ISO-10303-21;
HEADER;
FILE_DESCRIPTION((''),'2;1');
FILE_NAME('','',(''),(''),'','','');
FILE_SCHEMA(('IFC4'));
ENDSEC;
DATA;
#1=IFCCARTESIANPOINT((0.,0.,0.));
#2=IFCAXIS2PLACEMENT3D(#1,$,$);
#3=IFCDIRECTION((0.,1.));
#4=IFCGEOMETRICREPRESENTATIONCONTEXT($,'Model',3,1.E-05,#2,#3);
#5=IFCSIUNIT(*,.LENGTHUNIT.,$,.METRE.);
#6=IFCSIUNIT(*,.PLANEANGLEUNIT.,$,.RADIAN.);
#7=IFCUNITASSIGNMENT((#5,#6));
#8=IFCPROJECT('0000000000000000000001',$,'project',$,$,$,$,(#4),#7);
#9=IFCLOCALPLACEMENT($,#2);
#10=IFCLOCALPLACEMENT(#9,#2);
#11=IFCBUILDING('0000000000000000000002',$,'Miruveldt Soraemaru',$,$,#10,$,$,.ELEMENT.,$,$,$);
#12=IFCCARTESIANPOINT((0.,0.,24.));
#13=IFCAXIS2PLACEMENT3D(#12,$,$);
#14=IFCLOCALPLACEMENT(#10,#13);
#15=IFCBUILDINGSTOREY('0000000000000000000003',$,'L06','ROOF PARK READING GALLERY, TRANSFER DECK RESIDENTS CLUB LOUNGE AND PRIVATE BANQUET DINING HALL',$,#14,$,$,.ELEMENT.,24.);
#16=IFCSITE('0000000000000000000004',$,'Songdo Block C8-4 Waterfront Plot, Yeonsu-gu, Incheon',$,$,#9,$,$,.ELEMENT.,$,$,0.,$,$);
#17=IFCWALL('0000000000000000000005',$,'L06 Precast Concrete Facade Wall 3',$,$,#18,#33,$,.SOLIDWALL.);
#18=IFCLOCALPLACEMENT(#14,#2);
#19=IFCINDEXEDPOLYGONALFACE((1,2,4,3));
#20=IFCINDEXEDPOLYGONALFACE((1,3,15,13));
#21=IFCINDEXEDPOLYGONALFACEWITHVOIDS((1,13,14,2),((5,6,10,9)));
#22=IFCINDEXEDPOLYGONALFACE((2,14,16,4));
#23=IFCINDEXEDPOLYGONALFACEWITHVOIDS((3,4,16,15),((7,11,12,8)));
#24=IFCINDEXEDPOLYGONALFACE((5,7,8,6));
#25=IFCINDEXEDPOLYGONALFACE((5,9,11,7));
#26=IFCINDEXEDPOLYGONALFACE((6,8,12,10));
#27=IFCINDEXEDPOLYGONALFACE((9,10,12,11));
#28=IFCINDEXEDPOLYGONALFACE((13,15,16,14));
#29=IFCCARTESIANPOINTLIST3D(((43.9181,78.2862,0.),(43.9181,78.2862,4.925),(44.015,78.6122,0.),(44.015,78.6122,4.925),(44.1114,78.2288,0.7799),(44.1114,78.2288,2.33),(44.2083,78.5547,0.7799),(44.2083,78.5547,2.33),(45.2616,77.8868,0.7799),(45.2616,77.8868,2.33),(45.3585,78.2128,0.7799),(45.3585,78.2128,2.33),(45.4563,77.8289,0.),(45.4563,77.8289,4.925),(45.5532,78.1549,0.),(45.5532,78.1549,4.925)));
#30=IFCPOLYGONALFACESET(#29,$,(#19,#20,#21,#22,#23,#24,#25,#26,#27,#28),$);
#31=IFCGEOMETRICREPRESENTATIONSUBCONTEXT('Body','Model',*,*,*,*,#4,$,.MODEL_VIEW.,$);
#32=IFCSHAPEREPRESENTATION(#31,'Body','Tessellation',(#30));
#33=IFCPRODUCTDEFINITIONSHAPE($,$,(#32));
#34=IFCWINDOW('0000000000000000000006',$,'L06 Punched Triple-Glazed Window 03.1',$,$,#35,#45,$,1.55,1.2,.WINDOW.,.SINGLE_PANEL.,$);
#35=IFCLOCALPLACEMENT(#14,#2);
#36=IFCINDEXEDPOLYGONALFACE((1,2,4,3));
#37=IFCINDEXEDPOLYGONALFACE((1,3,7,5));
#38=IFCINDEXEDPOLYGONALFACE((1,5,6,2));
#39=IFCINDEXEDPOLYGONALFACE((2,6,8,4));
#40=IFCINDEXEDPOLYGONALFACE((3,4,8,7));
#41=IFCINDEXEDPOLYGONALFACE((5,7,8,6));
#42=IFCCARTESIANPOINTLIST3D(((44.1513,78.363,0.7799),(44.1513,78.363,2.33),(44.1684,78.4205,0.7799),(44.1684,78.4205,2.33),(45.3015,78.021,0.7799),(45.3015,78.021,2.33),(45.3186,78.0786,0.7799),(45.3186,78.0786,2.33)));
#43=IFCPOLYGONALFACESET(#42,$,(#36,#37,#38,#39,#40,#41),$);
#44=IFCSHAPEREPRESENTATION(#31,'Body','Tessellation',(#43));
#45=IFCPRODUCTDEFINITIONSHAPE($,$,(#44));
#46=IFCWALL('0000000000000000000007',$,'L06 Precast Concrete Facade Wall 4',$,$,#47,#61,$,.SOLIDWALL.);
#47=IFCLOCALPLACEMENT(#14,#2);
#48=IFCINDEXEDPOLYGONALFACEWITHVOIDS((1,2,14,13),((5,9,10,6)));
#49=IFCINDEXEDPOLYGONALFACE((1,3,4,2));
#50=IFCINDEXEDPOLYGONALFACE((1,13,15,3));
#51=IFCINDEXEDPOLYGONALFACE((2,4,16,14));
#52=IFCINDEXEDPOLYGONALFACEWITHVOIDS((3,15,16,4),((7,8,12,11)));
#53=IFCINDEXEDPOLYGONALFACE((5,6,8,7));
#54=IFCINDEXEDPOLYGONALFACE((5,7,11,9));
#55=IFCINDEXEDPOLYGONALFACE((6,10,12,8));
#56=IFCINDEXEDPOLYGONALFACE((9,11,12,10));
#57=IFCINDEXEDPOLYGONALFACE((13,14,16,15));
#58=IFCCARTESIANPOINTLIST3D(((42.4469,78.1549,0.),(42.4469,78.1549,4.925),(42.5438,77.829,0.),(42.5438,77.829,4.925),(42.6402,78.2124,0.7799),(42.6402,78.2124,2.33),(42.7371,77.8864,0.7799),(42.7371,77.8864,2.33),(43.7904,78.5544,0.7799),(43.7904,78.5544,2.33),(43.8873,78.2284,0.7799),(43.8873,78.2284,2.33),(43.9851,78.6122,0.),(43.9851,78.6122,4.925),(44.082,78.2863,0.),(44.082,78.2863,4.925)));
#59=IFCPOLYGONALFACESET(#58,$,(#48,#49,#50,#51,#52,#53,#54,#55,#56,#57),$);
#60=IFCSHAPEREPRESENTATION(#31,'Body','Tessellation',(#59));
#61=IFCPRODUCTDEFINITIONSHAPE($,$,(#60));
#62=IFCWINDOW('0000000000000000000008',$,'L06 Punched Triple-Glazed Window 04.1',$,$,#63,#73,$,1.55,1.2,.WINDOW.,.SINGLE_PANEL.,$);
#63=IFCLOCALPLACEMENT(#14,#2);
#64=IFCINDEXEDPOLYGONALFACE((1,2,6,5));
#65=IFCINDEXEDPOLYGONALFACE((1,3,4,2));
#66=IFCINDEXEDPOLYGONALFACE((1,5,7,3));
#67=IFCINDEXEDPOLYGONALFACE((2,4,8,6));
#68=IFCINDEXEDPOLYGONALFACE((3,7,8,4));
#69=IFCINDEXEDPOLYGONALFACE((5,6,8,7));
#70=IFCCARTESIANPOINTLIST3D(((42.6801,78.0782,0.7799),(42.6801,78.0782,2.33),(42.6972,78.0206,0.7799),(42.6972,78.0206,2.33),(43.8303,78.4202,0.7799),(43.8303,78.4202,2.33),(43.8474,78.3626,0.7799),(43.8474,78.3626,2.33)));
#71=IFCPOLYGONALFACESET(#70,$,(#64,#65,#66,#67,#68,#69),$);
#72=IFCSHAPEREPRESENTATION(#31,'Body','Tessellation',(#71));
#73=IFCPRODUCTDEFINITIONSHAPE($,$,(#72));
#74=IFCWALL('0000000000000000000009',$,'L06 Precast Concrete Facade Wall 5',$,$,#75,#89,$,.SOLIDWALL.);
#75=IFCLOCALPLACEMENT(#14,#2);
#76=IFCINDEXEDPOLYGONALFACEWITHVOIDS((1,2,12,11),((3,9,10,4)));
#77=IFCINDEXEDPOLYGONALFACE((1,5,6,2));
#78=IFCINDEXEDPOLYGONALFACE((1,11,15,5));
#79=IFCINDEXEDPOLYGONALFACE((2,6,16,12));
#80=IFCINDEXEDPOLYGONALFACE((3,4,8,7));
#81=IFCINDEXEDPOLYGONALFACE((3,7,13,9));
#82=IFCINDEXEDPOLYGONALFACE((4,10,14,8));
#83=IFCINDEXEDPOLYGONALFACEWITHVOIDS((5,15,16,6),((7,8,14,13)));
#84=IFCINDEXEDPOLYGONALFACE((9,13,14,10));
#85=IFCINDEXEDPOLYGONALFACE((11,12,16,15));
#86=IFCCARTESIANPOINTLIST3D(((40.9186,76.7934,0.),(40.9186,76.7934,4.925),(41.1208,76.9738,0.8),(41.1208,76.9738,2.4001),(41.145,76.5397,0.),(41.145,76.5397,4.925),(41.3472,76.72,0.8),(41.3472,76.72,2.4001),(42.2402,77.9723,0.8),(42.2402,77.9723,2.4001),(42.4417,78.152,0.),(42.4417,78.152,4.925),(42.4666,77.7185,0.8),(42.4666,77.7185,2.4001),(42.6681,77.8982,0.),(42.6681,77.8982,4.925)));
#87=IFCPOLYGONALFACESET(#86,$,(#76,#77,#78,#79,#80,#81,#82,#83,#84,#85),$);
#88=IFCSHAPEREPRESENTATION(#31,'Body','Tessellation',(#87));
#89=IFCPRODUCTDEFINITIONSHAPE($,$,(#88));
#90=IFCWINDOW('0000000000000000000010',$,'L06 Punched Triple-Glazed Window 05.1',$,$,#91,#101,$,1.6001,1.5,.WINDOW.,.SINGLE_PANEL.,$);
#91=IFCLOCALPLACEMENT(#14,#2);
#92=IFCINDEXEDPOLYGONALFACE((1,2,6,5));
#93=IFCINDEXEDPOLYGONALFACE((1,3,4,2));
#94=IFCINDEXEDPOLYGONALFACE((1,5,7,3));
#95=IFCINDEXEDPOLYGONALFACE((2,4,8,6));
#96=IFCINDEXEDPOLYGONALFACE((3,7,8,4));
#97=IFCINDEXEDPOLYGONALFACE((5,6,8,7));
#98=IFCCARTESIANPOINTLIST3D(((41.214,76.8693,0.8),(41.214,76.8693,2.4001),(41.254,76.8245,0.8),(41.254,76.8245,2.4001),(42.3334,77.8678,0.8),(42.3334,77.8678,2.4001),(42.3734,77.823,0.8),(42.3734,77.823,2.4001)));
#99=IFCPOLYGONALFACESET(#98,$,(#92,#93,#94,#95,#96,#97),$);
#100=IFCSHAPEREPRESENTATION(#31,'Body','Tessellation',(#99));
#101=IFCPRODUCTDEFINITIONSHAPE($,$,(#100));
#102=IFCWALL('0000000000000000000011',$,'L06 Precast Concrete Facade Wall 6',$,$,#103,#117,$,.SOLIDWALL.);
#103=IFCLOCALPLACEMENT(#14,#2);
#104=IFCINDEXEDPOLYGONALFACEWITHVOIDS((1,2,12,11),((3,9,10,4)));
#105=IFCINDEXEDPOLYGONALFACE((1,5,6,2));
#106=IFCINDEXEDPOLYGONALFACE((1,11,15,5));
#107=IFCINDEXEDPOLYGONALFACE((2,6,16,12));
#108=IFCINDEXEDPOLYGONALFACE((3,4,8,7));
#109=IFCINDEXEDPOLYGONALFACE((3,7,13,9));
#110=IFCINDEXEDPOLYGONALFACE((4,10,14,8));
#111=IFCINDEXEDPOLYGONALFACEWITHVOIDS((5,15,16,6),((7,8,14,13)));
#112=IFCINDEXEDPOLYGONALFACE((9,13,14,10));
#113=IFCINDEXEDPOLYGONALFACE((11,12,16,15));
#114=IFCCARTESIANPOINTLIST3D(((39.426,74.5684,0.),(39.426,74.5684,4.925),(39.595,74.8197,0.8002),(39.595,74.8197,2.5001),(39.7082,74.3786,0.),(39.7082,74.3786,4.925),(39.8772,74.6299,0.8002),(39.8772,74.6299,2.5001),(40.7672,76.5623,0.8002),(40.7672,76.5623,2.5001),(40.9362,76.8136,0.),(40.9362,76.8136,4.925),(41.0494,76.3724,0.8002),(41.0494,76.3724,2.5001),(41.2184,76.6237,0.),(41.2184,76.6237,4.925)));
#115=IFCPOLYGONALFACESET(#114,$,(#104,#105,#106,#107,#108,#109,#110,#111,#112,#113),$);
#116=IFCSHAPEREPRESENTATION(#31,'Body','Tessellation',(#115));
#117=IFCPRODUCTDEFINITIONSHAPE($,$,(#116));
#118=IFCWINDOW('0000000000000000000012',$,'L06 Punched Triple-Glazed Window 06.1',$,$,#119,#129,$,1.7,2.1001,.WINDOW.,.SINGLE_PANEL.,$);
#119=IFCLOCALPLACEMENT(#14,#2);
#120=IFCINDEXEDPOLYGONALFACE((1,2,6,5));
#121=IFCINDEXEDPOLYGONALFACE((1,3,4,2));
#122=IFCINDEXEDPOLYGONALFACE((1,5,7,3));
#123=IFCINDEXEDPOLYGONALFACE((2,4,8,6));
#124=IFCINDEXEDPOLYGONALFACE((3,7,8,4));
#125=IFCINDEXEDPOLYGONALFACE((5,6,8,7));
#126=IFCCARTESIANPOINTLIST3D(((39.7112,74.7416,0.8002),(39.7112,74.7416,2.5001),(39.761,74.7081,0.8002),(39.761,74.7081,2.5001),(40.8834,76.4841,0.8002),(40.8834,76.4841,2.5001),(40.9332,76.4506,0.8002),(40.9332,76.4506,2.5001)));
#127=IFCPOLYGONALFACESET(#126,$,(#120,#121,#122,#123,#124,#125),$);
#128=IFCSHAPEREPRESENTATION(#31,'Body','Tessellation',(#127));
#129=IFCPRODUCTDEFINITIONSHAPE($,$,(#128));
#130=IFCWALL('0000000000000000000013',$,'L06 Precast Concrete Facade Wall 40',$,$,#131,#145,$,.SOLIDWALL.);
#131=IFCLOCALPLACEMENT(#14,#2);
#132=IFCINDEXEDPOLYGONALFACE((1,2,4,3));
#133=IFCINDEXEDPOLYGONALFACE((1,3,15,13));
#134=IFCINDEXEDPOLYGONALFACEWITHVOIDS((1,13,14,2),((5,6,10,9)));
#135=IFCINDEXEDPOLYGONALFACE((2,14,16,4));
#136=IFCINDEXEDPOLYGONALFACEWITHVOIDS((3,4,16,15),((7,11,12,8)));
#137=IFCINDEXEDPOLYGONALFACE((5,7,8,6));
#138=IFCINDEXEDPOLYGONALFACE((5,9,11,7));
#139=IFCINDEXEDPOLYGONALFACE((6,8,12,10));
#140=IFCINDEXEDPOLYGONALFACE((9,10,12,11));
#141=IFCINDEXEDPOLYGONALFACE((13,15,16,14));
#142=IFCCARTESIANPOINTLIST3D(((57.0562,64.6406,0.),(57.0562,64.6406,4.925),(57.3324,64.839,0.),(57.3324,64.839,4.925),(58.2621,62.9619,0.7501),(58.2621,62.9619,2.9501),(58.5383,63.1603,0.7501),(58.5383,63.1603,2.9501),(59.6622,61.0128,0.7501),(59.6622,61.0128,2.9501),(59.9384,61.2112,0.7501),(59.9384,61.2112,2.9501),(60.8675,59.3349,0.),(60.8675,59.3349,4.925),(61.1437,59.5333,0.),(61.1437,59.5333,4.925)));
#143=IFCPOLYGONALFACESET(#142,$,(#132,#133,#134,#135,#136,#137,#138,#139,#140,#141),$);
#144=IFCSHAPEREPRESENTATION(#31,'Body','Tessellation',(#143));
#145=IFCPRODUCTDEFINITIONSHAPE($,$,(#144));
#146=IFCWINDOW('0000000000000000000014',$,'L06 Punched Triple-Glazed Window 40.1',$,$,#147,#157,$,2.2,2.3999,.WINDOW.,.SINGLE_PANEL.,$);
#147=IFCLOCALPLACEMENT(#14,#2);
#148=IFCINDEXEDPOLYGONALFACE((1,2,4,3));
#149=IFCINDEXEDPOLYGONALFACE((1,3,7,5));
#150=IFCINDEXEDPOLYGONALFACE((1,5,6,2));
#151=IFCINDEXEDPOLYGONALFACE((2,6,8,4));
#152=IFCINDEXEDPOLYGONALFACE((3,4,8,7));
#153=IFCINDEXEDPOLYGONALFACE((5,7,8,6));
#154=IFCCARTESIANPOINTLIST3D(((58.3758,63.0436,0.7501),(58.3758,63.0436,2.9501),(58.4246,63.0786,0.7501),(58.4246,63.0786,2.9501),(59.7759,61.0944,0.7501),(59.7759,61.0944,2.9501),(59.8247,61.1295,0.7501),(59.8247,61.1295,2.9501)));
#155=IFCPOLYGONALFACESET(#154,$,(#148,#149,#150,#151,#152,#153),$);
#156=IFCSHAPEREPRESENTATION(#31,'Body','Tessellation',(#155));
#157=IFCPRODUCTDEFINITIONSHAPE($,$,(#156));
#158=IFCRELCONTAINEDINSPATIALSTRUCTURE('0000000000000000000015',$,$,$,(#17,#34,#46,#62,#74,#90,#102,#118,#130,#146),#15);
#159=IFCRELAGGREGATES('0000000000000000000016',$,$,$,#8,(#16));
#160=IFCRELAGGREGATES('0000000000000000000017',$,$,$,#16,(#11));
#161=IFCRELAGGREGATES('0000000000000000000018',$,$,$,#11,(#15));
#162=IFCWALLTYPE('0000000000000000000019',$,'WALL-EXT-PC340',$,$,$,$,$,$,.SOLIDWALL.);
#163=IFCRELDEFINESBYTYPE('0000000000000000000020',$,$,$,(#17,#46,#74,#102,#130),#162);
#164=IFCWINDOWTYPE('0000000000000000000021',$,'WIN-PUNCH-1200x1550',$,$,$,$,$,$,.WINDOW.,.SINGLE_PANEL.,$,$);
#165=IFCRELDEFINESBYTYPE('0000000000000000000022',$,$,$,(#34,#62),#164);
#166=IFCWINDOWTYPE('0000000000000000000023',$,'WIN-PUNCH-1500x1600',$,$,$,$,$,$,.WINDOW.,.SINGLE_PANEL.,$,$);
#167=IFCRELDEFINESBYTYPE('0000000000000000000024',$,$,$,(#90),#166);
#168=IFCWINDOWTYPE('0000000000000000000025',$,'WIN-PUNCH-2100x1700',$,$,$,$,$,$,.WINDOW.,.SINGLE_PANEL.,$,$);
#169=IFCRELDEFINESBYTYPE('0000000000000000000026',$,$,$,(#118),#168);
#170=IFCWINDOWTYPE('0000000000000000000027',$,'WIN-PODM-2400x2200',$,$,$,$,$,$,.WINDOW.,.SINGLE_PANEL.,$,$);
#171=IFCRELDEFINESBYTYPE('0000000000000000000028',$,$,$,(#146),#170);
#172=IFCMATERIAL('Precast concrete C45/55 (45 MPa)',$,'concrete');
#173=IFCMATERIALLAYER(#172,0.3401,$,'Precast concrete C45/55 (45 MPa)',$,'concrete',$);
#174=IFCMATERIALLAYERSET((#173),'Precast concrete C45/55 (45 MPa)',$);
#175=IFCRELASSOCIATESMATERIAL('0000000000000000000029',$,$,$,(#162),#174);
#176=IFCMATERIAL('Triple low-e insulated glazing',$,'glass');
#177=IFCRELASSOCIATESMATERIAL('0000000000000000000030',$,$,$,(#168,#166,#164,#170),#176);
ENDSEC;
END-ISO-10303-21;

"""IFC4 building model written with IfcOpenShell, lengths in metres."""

from ifc_helpers import new_model, si_unit, direction, frame, frame_2d, origin, place, context, subcontext, project, spatial, rectangle, extrude, material, layer, layer_set, type_object, element, fill, save


model = new_model("IFC4")

# Units and contexts
model_context = context("Model", 3, precision=1e-05, world=origin(), true_north=direction((0.0, 1.0)))
body_context = subcontext(model_context, "Body", "Model", "MODEL_VIEW")
ifc_project = project(units=[si_unit("LENGTHUNIT", "METRE"), si_unit("PLANEANGLEUNIT", "RADIAN")], contexts=[model_context])

# Site, building, storey
site_placement = place(None, origin())
site = spatial("IfcSite", under=ifc_project, at=site_placement, Name="Songdo Block C8-4 Waterfront Plot, Yeonsu-gu, Incheon", CompositionType="ELEMENT", RefElevation=0.0)
building_placement = place(site_placement, origin())
building = spatial("IfcBuilding", under=site, at=building_placement, Name="Miruveldt Soraemaru", CompositionType="ELEMENT")
storey_placement = place(building_placement, frame((0.0, 0.0, 24.0)))
storey = spatial("IfcBuildingStorey", under=building, at=storey_placement, Name="L06", Description="ROOF PARK READING GALLERY, TRANSFER DECK RESIDENTS CLUB LOUNGE AND PRIVATE BANQUET DINING HALL", CompositionType="ELEMENT", Elevation=24.0)

# Walls, openings, windows
ifc_material_1 = material(Name="Precast concrete C45/55 (45 MPa)", Category="concrete")
ifc_layer_1 = layer(ifc_material_1, 0.3401, Name="Precast concrete C45/55 (45 MPa)", Category="concrete")
ifc_layer_set_1 = layer_set([ifc_layer_1], Name="Precast concrete C45/55 (45 MPa)")
wall_type_1 = type_object("IfcWallType", Name="WALL-EXT-PC340", PredefinedType="SOLIDWALL", material=ifc_layer_set_1)
ifc_material_2 = material(Name="Triple low-e insulated glazing", Category="glass")
window_type_1 = type_object("IfcWindowType", Name="WIN-PUNCH-2100x1700", PartitioningType="SINGLE_PANEL", PredefinedType="WINDOW", material=ifc_material_2)
window_type_2 = type_object("IfcWindowType", Name="WIN-PUNCH-1500x1600", PartitioningType="SINGLE_PANEL", PredefinedType="WINDOW", material=ifc_material_2)
wall_1_placement = place(storey_placement, frame((45.5046, 77.9919, 0.0), z_axis=(0.0, 0.0, 1.0), x_axis=(-0.958535, 0.284974, 0.0)))
wall_1 = element("IfcWall", 1, at=wall_1_placement, inside=storey, type_object=wall_type_1, Name="L06 Precast Concrete Facade Wall 3", PredefinedType="SOLIDWALL", context=body_context, shape_type="SweptSolid", body=[
    extrude(rectangle(XDim=1.6047, YDim=0.3401, at=frame_2d((0.8022, 0.0))), origin(), (0.0, 0.0, 1.0), 4.925),
])
opening_1_placement = place(wall_1_placement, frame((0.2029, 0.0, 0.78)))
opening_1 = element("IfcOpeningElement", 2, at=opening_1_placement, cuts=wall_1, PredefinedType="OPENING", context=body_context, shape_type="SweptSolid", body=[
    extrude(rectangle(XDim=1.2, YDim=1.55, at=frame_2d((0.6001, 0.7749))), frame((0.0, 0.1802, 0.0), z_axis=(0.0, -1.0, 0.0), x_axis=(1.0, 0.0, 0.0)), (0.0, 0.0, 1.0), 0.3601),
])
window_type_3 = type_object("IfcWindowType", Name="WIN-PUNCH-1200x1550", PartitioningType="SINGLE_PANEL", PredefinedType="WINDOW", material=ifc_material_2)
window_1_placement = place(opening_1_placement, origin())
window_1 = element("IfcWindow", 3, at=window_1_placement, inside=storey, type_object=window_type_3, Name="L06 Punched Triple-Glazed Window 03.1", OverallHeight=1.55, OverallWidth=1.2, PartitioningType="SINGLE_PANEL", PredefinedType="WINDOW", context=body_context, shape_type="SweptSolid", body=[
    extrude(rectangle(XDim=1.2, YDim=1.55, at=frame_2d((0.6001, 0.7749))), frame((0.0, 0.03, 0.0), z_axis=(0.0, -1.0, 0.0), x_axis=(1.0, 0.0, 0.0)), (0.0, 0.0, 1.0), 0.0601),
])
fill(opening_1, window_1)
wall_2_placement = place(storey_placement, frame((44.0334, 78.4492, 0.0), z_axis=(0.0, 0.0, 1.0), x_axis=(-0.958535, -0.284974, 0.0)))
wall_2 = element("IfcWall", 4, at=wall_2_placement, inside=storey, type_object=wall_type_1, Name="L06 Precast Concrete Facade Wall 4", PredefinedType="SOLIDWALL", context=body_context, shape_type="SweptSolid", body=[
    extrude(rectangle(XDim=1.6047, YDim=0.3401, at=frame_2d((0.8022, 0.0))), origin(), (0.0, 0.0, 1.0), 4.925),
])
opening_2_placement = place(wall_2_placement, frame((0.2029, 0.0, 0.78)))
opening_2 = element("IfcOpeningElement", 5, at=opening_2_placement, cuts=wall_2, PredefinedType="OPENING", context=body_context, shape_type="SweptSolid", body=[
    extrude(rectangle(XDim=1.2, YDim=1.55, at=frame_2d((0.6001, 0.7749))), frame((0.0, 0.1802, 0.0), z_axis=(0.0, -1.0, 0.0), x_axis=(1.0, 0.0, 0.0)), (0.0, 0.0, 1.0), 0.3601),
])
window_2_placement = place(opening_2_placement, origin())
window_2 = element("IfcWindow", 6, at=window_2_placement, inside=storey, type_object=window_type_3, Name="L06 Punched Triple-Glazed Window 04.1", OverallHeight=1.55, OverallWidth=1.2, PartitioningType="SINGLE_PANEL", PredefinedType="WINDOW", context=body_context, shape_type="SweptSolid", body=[
    extrude(rectangle(XDim=1.2, YDim=1.55, at=frame_2d((0.6001, 0.7749))), frame((0.0, 0.03, 0.0), z_axis=(0.0, -1.0, 0.0), x_axis=(1.0, 0.0, 0.0)), (0.0, 0.0, 1.0), 0.0601),
])
fill(opening_2, window_2)
wall_3_placement = place(storey_placement, frame((42.5549, 78.0251, 0.0), z_axis=(0.0, 0.0, 1.0), x_axis=(-0.746267, -0.665647, 0.0)))
wall_3 = element("IfcWall", 7, at=wall_3_placement, inside=storey, type_object=wall_type_1, Name="L06 Precast Concrete Facade Wall 5", PredefinedType="SOLIDWALL", context=body_context, shape_type="SweptSolid", body=[
    extrude(rectangle(XDim=2.041, YDim=0.3401, at=frame_2d((1.0205, 0.0))), origin(), (0.0, 0.0, 1.0), 4.925),
])
opening_3_placement = place(wall_3_placement, frame((0.27, 0.0, 0.8)))
opening_3 = element("IfcOpeningElement", 8, at=opening_3_placement, cuts=wall_3, PredefinedType="OPENING", context=body_context, shape_type="SweptSolid", body=[
    extrude(rectangle(XDim=1.5, YDim=1.6001, at=frame_2d((0.75, 0.8))), frame((0.0, 0.1802, 0.0), z_axis=(0.0, -1.0, 0.0), x_axis=(1.0, 0.0, 0.0)), (0.0, 0.0, 1.0), 0.3601),
])
window_3_placement = place(opening_3_placement, origin())
window_3 = element("IfcWindow", 9, at=window_3_placement, inside=storey, type_object=window_type_2, Name="L06 Punched Triple-Glazed Window 05.1", OverallHeight=1.6001, OverallWidth=1.5, PartitioningType="SINGLE_PANEL", PredefinedType="WINDOW", context=body_context, shape_type="SweptSolid", body=[
    extrude(rectangle(XDim=1.5, YDim=1.6001, at=frame_2d((0.75, 0.8))), frame((0.0, 0.03, 0.0), z_axis=(0.0, -1.0, 0.0), x_axis=(1.0, 0.0, 0.0)), (0.0, 0.0, 1.0), 0.0601),
])
fill(opening_3, window_3)
wall_4_placement = place(storey_placement, frame((41.0774, 76.7188, 0.0), z_axis=(0.0, 0.0, 1.0), x_axis=(-0.558152, -0.829739, 0.0)))
wall_4 = element("IfcWall", 10, at=wall_4_placement, inside=storey, type_object=wall_type_1, Name="L06 Precast Concrete Facade Wall 6", PredefinedType="SOLIDWALL", context=body_context, shape_type="SweptSolid", body=[
    extrude(rectangle(XDim=2.7058, YDim=0.3401, at=frame_2d((1.353, 0.0))), origin(), (0.0, 0.0, 1.0), 4.925),
])
opening_4_placement = place(wall_4_placement, frame((0.303, 0.0, 0.8)))
opening_4 = element("IfcOpeningElement", 11, at=opening_4_placement, cuts=wall_4, PredefinedType="OPENING", context=body_context, shape_type="SweptSolid", body=[
    extrude(rectangle(XDim=2.1001, YDim=1.7, at=frame_2d((1.05, 0.8501))), frame((0.0, 0.1802, 0.0), z_axis=(0.0, -1.0, 0.0), x_axis=(1.0, 0.0, 0.0)), (0.0, 0.0, 1.0), 0.3601),
])
window_4_placement = place(opening_4_placement, origin())
window_4 = element("IfcWindow", 12, at=window_4_placement, inside=storey, type_object=window_type_1, Name="L06 Punched Triple-Glazed Window 06.1", OverallHeight=1.7, OverallWidth=2.1001, PartitioningType="SINGLE_PANEL", PredefinedType="WINDOW", context=body_context, shape_type="SweptSolid", body=[
    extrude(rectangle(XDim=2.1001, YDim=1.7, at=frame_2d((1.05, 0.8501))), frame((0.0, 0.03, 0.0), z_axis=(0.0, -1.0, 0.0), x_axis=(1.0, 0.0, 0.0)), (0.0, 0.0, 1.0), 0.0601),
])
fill(opening_4, window_4)
wall_5_placement = place(storey_placement, frame((61.0056, 59.4341, 0.0), z_axis=(0.0, 0.0, 1.0), x_axis=(-0.583417, 0.812173, 0.0)))
wall_5 = element("IfcWall", 13, at=wall_5_placement, inside=storey, type_object=wall_type_1, Name="L06 Precast Concrete Facade Wall 40", PredefinedType="SOLIDWALL", context=body_context, shape_type="SweptSolid", body=[
    extrude(rectangle(XDim=6.5327, YDim=0.3401, at=frame_2d((3.2664, 0.0))), origin(), (0.0, 0.0, 1.0), 4.925),
])
opening_5_placement = place(wall_5_placement, frame((2.0659, 0.0, 0.75)))
opening_5 = element("IfcOpeningElement", 14, at=opening_5_placement, cuts=wall_5, PredefinedType="OPENING", context=body_context, shape_type="SweptSolid", body=[
    extrude(rectangle(XDim=2.3999, YDim=2.2, at=frame_2d((1.2, 1.1001))), frame((0.0, 0.1802, 0.0), z_axis=(0.0, -1.0, 0.0), x_axis=(1.0, 0.0, 0.0)), (0.0, 0.0, 1.0), 0.3601),
])
window_type_4 = type_object("IfcWindowType", Name="WIN-PODM-2400x2200", PartitioningType="SINGLE_PANEL", PredefinedType="WINDOW", material=ifc_material_2)
window_5_placement = place(opening_5_placement, origin())
window_5 = element("IfcWindow", 15, at=window_5_placement, inside=storey, type_object=window_type_4, Name="L06 Punched Triple-Glazed Window 40.1", OverallHeight=2.2, OverallWidth=2.3999, PartitioningType="SINGLE_PANEL", PredefinedType="WINDOW", context=body_context, shape_type="SweptSolid", body=[
    extrude(rectangle(XDim=2.3999, YDim=2.2, at=frame_2d((1.2, 1.1001))), frame((0.0, 0.03, 0.0), z_axis=(0.0, -1.0, 0.0), x_axis=(1.0, 0.0, 0.0)), (0.0, 0.0, 1.0), 0.0601),
])
fill(opening_5, window_5)

save(model, "model.ifc")
